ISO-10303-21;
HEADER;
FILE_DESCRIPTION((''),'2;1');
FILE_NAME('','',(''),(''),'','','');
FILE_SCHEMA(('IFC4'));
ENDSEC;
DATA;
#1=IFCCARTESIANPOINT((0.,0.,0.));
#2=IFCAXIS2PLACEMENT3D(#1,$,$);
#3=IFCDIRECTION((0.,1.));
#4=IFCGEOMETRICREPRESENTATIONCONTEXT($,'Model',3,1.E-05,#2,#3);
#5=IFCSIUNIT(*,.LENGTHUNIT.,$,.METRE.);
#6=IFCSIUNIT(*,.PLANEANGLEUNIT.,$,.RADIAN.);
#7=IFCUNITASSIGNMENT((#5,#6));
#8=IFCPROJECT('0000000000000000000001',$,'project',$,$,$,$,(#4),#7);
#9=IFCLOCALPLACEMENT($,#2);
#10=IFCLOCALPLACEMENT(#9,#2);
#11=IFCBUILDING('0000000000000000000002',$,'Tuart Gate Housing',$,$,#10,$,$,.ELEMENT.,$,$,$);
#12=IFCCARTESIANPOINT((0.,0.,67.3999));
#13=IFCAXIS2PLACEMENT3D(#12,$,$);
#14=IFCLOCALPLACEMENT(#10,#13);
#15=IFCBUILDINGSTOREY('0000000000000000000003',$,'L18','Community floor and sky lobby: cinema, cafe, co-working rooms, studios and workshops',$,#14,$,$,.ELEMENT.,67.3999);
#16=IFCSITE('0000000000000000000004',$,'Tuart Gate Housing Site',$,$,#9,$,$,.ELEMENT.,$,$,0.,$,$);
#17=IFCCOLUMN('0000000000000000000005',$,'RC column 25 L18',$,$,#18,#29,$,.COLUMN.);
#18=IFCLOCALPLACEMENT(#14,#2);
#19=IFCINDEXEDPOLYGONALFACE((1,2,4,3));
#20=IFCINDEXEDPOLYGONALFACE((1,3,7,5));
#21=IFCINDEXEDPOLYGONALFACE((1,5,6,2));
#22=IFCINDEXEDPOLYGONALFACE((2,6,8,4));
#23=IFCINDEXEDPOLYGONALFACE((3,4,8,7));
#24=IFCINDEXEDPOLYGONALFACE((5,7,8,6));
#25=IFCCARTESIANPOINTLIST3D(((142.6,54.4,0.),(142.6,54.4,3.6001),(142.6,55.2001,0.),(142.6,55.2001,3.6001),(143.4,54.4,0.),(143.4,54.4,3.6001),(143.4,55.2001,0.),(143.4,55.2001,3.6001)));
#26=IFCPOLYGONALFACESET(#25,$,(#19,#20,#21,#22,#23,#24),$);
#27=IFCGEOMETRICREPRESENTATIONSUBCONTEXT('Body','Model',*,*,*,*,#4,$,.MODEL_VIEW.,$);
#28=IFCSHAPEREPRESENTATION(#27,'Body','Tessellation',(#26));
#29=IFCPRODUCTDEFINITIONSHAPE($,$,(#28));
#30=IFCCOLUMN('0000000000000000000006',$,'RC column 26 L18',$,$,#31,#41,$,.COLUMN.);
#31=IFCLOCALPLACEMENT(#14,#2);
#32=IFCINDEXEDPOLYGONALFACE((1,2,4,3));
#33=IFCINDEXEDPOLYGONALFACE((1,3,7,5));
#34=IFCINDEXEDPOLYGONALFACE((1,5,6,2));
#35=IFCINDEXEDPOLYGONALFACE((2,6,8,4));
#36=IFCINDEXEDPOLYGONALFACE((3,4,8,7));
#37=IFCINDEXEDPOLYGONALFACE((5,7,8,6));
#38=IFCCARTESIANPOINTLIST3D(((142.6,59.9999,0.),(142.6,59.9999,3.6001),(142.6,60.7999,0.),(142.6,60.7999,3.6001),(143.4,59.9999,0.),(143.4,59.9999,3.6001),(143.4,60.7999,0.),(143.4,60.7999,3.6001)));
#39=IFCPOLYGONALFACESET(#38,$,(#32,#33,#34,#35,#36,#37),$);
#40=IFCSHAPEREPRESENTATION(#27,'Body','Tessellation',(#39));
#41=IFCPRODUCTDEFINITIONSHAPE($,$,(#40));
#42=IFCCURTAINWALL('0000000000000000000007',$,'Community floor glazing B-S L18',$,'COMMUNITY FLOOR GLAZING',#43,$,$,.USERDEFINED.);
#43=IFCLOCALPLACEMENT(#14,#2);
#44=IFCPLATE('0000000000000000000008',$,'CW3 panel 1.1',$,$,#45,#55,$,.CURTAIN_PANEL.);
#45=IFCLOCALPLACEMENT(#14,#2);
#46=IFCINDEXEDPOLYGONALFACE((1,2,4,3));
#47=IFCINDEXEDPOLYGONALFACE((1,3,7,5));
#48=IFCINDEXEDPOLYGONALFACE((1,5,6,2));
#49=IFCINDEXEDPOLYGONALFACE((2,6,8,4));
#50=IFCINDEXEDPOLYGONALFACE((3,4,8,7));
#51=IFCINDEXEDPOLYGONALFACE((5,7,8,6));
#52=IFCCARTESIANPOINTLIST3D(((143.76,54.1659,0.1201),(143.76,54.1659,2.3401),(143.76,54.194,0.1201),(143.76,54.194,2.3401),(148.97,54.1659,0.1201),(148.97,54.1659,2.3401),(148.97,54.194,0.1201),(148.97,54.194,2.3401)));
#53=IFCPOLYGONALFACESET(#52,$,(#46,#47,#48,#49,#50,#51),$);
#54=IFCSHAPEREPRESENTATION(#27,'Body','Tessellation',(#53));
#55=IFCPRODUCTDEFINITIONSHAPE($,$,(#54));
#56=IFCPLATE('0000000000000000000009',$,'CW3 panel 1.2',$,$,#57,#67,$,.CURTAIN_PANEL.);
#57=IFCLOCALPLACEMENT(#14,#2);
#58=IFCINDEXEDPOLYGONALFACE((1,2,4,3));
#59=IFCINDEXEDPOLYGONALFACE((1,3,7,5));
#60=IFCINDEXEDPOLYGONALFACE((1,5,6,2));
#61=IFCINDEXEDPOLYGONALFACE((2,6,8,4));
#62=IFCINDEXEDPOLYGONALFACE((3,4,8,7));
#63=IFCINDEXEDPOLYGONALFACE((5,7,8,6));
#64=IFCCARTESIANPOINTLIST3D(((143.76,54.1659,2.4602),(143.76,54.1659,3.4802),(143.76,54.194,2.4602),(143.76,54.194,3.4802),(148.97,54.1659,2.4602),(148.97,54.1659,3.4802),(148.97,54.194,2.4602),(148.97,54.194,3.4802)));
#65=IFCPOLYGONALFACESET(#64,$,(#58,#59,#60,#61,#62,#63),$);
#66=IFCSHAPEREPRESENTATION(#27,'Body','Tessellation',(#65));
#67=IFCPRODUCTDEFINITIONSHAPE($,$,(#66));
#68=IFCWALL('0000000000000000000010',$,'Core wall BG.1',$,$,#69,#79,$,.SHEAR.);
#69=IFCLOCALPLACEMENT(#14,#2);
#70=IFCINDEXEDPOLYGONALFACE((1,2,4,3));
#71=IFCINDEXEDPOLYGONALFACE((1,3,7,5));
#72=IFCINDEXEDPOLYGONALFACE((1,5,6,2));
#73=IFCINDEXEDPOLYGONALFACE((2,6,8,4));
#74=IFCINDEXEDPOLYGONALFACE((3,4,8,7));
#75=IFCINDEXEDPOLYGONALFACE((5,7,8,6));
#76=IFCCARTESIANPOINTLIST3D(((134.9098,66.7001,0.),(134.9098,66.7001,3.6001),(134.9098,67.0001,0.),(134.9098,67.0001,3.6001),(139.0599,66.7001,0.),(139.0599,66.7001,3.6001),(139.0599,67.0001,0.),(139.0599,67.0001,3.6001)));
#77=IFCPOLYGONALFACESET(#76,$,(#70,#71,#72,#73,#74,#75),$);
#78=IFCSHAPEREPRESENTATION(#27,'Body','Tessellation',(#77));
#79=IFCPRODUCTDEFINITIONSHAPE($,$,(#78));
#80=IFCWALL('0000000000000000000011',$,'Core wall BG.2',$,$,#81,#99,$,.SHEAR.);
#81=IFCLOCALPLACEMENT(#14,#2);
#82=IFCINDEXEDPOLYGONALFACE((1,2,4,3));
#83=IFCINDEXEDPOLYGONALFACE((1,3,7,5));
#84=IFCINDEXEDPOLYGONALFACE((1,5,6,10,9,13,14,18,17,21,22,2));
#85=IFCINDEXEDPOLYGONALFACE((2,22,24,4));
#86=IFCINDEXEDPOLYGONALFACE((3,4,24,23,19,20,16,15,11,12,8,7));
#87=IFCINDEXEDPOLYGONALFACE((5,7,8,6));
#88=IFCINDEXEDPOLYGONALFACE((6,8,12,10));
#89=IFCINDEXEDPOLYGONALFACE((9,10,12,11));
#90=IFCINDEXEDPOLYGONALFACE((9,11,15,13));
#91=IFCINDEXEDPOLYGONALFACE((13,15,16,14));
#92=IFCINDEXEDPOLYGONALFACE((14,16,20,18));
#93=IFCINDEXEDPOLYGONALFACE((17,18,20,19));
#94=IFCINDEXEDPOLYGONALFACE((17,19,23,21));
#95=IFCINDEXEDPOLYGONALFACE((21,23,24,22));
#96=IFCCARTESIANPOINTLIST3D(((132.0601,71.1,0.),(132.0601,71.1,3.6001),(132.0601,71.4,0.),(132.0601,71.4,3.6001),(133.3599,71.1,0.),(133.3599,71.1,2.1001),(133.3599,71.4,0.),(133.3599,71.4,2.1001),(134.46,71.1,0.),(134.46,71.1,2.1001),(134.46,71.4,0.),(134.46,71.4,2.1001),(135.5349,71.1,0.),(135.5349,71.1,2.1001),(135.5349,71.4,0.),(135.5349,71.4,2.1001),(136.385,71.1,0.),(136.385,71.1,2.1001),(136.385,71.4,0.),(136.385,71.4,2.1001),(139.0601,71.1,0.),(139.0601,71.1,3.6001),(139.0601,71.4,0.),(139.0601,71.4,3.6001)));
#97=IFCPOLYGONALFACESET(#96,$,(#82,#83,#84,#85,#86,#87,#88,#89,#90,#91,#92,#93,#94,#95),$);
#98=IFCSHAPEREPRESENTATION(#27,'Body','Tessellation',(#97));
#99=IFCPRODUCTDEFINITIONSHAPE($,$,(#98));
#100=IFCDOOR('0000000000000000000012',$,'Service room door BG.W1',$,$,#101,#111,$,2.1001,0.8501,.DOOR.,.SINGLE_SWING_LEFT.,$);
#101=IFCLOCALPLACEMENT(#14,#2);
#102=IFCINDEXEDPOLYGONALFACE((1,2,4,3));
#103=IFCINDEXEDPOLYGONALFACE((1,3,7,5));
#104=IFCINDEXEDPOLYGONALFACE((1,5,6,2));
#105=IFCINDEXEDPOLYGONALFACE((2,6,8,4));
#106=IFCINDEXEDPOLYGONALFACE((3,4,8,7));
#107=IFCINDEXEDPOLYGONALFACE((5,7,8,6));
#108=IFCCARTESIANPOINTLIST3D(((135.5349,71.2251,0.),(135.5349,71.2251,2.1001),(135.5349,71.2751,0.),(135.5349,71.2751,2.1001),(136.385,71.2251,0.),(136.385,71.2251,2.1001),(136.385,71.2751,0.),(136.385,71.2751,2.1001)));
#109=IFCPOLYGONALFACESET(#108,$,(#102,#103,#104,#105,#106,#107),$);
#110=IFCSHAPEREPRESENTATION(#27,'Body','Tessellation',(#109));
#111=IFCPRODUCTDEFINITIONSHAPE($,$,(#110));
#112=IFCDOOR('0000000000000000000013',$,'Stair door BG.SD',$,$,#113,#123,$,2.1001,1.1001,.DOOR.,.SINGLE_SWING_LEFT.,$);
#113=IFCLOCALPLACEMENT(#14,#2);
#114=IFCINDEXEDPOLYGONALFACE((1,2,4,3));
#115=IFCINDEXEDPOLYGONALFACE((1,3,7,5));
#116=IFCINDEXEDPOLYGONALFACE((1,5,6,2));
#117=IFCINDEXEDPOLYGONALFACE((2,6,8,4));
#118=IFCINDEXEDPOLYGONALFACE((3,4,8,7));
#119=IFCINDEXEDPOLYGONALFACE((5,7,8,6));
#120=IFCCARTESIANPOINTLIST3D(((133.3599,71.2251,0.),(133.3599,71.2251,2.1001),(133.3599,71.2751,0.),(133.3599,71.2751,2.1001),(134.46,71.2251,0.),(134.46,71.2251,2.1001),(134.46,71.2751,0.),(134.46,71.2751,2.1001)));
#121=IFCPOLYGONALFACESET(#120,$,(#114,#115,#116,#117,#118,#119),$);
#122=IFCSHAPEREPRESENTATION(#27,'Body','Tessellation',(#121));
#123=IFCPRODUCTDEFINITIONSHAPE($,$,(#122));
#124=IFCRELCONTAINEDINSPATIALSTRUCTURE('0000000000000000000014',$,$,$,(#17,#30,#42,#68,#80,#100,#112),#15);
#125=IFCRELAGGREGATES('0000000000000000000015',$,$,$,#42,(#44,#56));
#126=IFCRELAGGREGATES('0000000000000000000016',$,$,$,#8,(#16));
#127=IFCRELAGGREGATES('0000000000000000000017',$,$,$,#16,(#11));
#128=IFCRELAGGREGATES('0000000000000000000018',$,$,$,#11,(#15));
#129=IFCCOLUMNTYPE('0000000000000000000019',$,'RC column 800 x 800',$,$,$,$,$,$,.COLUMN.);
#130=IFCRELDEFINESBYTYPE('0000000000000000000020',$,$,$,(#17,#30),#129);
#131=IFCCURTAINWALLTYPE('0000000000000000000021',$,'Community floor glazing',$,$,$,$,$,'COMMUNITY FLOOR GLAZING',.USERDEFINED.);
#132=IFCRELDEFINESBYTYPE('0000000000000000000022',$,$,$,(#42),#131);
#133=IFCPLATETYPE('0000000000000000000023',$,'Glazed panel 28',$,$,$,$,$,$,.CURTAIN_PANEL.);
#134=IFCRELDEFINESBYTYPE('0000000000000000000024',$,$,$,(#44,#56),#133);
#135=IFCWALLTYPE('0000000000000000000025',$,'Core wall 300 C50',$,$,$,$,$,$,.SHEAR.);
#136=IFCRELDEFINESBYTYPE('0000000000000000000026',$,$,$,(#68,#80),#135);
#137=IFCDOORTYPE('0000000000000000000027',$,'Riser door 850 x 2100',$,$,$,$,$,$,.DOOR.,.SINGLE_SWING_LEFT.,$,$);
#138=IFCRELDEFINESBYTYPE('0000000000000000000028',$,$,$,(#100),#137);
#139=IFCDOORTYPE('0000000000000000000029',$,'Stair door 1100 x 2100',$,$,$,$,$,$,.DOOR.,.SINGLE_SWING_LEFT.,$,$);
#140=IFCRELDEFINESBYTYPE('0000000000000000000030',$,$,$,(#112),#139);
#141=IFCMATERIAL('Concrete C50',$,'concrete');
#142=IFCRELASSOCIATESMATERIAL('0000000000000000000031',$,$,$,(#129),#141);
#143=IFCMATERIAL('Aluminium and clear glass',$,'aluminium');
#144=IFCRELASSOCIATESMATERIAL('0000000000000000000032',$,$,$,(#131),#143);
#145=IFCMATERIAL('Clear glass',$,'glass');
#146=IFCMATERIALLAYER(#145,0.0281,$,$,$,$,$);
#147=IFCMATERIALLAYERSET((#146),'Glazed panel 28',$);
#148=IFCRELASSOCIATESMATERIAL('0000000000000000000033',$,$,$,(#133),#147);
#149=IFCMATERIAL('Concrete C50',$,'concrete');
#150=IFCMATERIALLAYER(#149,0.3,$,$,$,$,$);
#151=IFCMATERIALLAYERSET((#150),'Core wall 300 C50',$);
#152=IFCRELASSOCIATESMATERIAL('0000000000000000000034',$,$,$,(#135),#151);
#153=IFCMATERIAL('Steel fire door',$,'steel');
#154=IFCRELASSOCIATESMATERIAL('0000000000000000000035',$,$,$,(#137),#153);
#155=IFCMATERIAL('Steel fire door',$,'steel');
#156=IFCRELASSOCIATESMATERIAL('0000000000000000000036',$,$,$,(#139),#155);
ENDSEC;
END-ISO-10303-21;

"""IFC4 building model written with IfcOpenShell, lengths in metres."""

from ifc_helpers import new_model, si_unit, direction, frame, frame_2d, origin, origin_2d, place, context, subcontext, project, spatial, rectangle, extrude, material, layer, layer_set, material_profile, profile_set, type_object, element, fill, aggregate, save


model = new_model("IFC4")

# Units and contexts
model_context = context("Model", 3, precision=1e-05, world=origin(), true_north=direction((0.0, 1.0)))
body_context = subcontext(model_context, "Body", "Model", "MODEL_VIEW")
ifc_project = project(units=[si_unit("LENGTHUNIT", "METRE"), si_unit("PLANEANGLEUNIT", "RADIAN")], contexts=[model_context])

# Site, building, storey
site_placement = place(None, origin())
site = spatial("IfcSite", under=ifc_project, at=site_placement, Name="Tuart Gate Housing Site", CompositionType="ELEMENT", RefElevation=0.0)
building_placement = place(site_placement, origin())
building = spatial("IfcBuilding", under=site, at=building_placement, Name="Tuart Gate Housing", CompositionType="ELEMENT")
storey_placement = place(building_placement, frame((0.0, 0.0, 67.3999)))
storey = spatial("IfcBuildingStorey", under=building, at=storey_placement, Name="L18", Description="Community floor and sky lobby: cinema, cafe, co-working rooms, studios and workshops", CompositionType="ELEMENT", Elevation=67.3999)

# Columns
ifc_material_1 = material(Name="Concrete C50", Category="concrete")
ifc_material_profile = material_profile(ifc_material_1, rectangle(XDim=0.8, YDim=0.8, at=origin_2d()), Name="RC column 800 x 800")
ifc_profile_set = profile_set([ifc_material_profile], Name="Concrete C50")
column_type = type_object("IfcColumnType", Name="RC column 800 x 800", PredefinedType="COLUMN", material=ifc_profile_set)
for number, where, z_axis, x_axis, name in (
    (1, (143.0, 54.8, 0.0), (0.0, 0.0, 1.0), (1.0, 0.0, 0.0), "RC column 25 L18"),
    (2, (143.0, 60.3999, 0.0), (0.0, 0.0, 1.0), (1.0, 0.0, 0.0), "RC column 26 L18"),
):
    element("IfcColumn", number, at=place(storey_placement, frame(where, z_axis=z_axis, x_axis=x_axis)), inside=storey, type_object=column_type, Name=name, PredefinedType="COLUMN", context=body_context, shape_type="SweptSolid", body=[
        extrude(rectangle(XDim=0.8, YDim=0.8, at=origin_2d()), origin(), (0.0, 0.0, 1.0), 3.6001),
    ])

# Curtain wall, plates
ifc_material_2 = material(Name="Aluminium and clear glass", Category="aluminium")
curtain_wall_type = type_object("IfcCurtainWallType", Name="Community floor glazing", ElementType="COMMUNITY FLOOR GLAZING", PredefinedType="USERDEFINED", material=ifc_material_2)
curtain_wall_placement = place(storey_placement, origin())
curtain_wall = element("IfcCurtainWall", 3, at=curtain_wall_placement, inside=storey, type_object=curtain_wall_type, Name="Community floor glazing B-S L18", ObjectType="COMMUNITY FLOOR GLAZING", PredefinedType="USERDEFINED")
ifc_material_3 = material(Name="Clear glass", Category="glass")
ifc_layer_1 = layer(ifc_material_3, 0.0281)
ifc_layer_set_1 = layer_set([ifc_layer_1], Name="Glazed panel 28")
plate_type = type_object("IfcPlateType", Name="Glazed panel 28", PredefinedType="CURTAIN_PANEL", material=ifc_layer_set_1)
plate_1_placement = place(storey_placement, frame((146.365, 54.1799, 0.1201), z_axis=(0.0, 0.0, 1.0), x_axis=(1.0, 0.0, 0.0)))
plate_1 = element("IfcPlate", 4, at=plate_1_placement, type_object=plate_type, Name="CW3 panel 1.1", PredefinedType="CURTAIN_PANEL", context=body_context, shape_type="SweptSolid", body=[
    extrude(rectangle(XDim=5.21, YDim=0.0281, at=origin_2d()), origin(), (0.0, 0.0, 1.0), 2.22),
])
plate_2_placement = place(storey_placement, frame((146.365, 54.1799, 2.4602), z_axis=(0.0, 0.0, 1.0), x_axis=(1.0, 0.0, 0.0)))
plate_2 = element("IfcPlate", 5, at=plate_2_placement, type_object=plate_type, Name="CW3 panel 1.2", PredefinedType="CURTAIN_PANEL", context=body_context, shape_type="SweptSolid", body=[
    extrude(rectangle(XDim=5.21, YDim=0.0281, at=origin_2d()), origin(), (0.0, 0.0, 1.0), 1.02),
])
aggregate(curtain_wall, [plate_1, plate_2])

# Wall
ifc_material_4 = material(Name="Concrete C50", Category="concrete")
ifc_layer_2 = layer(ifc_material_4, 0.3)
ifc_layer_set_2 = layer_set([ifc_layer_2], Name="Core wall 300 C50")
wall_type_1 = type_object("IfcWallType", Name="Core wall 300 C50", PredefinedType="SHEAR", material=ifc_layer_set_2)
wall_1_placement = place(storey_placement, frame((139.0601, 66.8501, 0.0), z_axis=(0.0, 0.0, 1.0), x_axis=(-1.0, 0.0, 0.0)))
element("IfcWall", 6, at=wall_1_placement, inside=storey, type_object=wall_type_1, Name="Core wall BG.1", PredefinedType="SHEAR", context=body_context, shape_type="SweptSolid", body=[
    extrude(rectangle(XDim=4.1501, YDim=0.3, at=frame_2d((2.0752, 0.0))), origin(), (0.0, 0.0, 1.0), 3.6001),
])

# Wall, openings, doors
wall_2_placement = place(storey_placement, frame((139.0601, 71.25, 0.0), z_axis=(0.0, 0.0, 1.0), x_axis=(-1.0, 0.0, 0.0)))
wall_2 = element("IfcWall", 7, at=wall_2_placement, inside=storey, type_object=wall_type_1, Name="Core wall BG.2", PredefinedType="SHEAR", context=body_context, shape_type="SweptSolid", body=[
    extrude(rectangle(XDim=7.0, YDim=0.3, at=frame_2d((3.5, 0.0))), origin(), (0.0, 0.0, 1.0), 3.6001),
])
opening_1_placement = place(wall_2_placement, frame((4.6001, 0.0, 0.0)))
opening_1 = element("IfcOpeningElement", 8, at=opening_1_placement, cuts=wall_2, PredefinedType="OPENING", context=body_context, shape_type="SweptSolid", body=[
    extrude(rectangle(XDim=1.1001, YDim=2.1001, at=frame_2d((0.55, 1.05))), frame((0.0, 0.1599, 0.0), z_axis=(0.0, -1.0, 0.0), x_axis=(1.0, 0.0, 0.0)), (0.0, 0.0, 1.0), 0.3201),
])
opening_2_placement = place(wall_2_placement, frame((2.675, 0.0, 0.0)))
opening_2 = element("IfcOpeningElement", 9, at=opening_2_placement, cuts=wall_2, PredefinedType="OPENING", context=body_context, shape_type="SweptSolid", body=[
    extrude(rectangle(XDim=0.8501, YDim=2.1001, at=frame_2d((0.425, 1.05))), frame((0.0, 0.1599, 0.0), z_axis=(0.0, -1.0, 0.0), x_axis=(1.0, 0.0, 0.0)), (0.0, 0.0, 1.0), 0.3201),
])
ifc_material_5 = material(Name="Steel fire door", Category="steel")
door_type_1 = type_object("IfcDoorType", Name="Riser door 850 x 2100", OperationType="SINGLE_SWING_LEFT", PredefinedType="DOOR", material=ifc_material_5)
door_1_placement = place(opening_2_placement, origin())
door_1 = element("IfcDoor", 10, at=door_1_placement, inside=storey, type_object=door_type_1, Name="Service room door BG.W1", OperationType="SINGLE_SWING_LEFT", OverallHeight=2.1001, OverallWidth=0.8501, PredefinedType="DOOR", context=body_context, shape_type="SweptSolid", body=[
    extrude(rectangle(XDim=0.8501, YDim=2.1001, at=frame_2d((0.425, 1.05))), frame((0.0, 0.0249, 0.0), z_axis=(0.0, -1.0, 0.0), x_axis=(1.0, 0.0, 0.0)), (0.0, 0.0, 1.0), 0.05),
])
fill(opening_2, door_1)
ifc_material_6 = material(Name="Steel fire door", Category="steel")
door_type_2 = type_object("IfcDoorType", Name="Stair door 1100 x 2100", OperationType="SINGLE_SWING_LEFT", PredefinedType="DOOR", material=ifc_material_6)
door_2_placement = place(opening_1_placement, origin())
door_2 = element("IfcDoor", 11, at=door_2_placement, inside=storey, type_object=door_type_2, Name="Stair door BG.SD", OperationType="SINGLE_SWING_LEFT", OverallHeight=2.1001, OverallWidth=1.1001, PredefinedType="DOOR", context=body_context, shape_type="SweptSolid", body=[
    extrude(rectangle(XDim=1.1001, YDim=2.1001, at=frame_2d((0.55, 1.05))), frame((0.0, 0.0249, 0.0), z_axis=(0.0, -1.0, 0.0), x_axis=(1.0, 0.0, 0.0)), (0.0, 0.0, 1.0), 0.05),
])
fill(opening_1, door_2)

save(model, "model.ifc")
